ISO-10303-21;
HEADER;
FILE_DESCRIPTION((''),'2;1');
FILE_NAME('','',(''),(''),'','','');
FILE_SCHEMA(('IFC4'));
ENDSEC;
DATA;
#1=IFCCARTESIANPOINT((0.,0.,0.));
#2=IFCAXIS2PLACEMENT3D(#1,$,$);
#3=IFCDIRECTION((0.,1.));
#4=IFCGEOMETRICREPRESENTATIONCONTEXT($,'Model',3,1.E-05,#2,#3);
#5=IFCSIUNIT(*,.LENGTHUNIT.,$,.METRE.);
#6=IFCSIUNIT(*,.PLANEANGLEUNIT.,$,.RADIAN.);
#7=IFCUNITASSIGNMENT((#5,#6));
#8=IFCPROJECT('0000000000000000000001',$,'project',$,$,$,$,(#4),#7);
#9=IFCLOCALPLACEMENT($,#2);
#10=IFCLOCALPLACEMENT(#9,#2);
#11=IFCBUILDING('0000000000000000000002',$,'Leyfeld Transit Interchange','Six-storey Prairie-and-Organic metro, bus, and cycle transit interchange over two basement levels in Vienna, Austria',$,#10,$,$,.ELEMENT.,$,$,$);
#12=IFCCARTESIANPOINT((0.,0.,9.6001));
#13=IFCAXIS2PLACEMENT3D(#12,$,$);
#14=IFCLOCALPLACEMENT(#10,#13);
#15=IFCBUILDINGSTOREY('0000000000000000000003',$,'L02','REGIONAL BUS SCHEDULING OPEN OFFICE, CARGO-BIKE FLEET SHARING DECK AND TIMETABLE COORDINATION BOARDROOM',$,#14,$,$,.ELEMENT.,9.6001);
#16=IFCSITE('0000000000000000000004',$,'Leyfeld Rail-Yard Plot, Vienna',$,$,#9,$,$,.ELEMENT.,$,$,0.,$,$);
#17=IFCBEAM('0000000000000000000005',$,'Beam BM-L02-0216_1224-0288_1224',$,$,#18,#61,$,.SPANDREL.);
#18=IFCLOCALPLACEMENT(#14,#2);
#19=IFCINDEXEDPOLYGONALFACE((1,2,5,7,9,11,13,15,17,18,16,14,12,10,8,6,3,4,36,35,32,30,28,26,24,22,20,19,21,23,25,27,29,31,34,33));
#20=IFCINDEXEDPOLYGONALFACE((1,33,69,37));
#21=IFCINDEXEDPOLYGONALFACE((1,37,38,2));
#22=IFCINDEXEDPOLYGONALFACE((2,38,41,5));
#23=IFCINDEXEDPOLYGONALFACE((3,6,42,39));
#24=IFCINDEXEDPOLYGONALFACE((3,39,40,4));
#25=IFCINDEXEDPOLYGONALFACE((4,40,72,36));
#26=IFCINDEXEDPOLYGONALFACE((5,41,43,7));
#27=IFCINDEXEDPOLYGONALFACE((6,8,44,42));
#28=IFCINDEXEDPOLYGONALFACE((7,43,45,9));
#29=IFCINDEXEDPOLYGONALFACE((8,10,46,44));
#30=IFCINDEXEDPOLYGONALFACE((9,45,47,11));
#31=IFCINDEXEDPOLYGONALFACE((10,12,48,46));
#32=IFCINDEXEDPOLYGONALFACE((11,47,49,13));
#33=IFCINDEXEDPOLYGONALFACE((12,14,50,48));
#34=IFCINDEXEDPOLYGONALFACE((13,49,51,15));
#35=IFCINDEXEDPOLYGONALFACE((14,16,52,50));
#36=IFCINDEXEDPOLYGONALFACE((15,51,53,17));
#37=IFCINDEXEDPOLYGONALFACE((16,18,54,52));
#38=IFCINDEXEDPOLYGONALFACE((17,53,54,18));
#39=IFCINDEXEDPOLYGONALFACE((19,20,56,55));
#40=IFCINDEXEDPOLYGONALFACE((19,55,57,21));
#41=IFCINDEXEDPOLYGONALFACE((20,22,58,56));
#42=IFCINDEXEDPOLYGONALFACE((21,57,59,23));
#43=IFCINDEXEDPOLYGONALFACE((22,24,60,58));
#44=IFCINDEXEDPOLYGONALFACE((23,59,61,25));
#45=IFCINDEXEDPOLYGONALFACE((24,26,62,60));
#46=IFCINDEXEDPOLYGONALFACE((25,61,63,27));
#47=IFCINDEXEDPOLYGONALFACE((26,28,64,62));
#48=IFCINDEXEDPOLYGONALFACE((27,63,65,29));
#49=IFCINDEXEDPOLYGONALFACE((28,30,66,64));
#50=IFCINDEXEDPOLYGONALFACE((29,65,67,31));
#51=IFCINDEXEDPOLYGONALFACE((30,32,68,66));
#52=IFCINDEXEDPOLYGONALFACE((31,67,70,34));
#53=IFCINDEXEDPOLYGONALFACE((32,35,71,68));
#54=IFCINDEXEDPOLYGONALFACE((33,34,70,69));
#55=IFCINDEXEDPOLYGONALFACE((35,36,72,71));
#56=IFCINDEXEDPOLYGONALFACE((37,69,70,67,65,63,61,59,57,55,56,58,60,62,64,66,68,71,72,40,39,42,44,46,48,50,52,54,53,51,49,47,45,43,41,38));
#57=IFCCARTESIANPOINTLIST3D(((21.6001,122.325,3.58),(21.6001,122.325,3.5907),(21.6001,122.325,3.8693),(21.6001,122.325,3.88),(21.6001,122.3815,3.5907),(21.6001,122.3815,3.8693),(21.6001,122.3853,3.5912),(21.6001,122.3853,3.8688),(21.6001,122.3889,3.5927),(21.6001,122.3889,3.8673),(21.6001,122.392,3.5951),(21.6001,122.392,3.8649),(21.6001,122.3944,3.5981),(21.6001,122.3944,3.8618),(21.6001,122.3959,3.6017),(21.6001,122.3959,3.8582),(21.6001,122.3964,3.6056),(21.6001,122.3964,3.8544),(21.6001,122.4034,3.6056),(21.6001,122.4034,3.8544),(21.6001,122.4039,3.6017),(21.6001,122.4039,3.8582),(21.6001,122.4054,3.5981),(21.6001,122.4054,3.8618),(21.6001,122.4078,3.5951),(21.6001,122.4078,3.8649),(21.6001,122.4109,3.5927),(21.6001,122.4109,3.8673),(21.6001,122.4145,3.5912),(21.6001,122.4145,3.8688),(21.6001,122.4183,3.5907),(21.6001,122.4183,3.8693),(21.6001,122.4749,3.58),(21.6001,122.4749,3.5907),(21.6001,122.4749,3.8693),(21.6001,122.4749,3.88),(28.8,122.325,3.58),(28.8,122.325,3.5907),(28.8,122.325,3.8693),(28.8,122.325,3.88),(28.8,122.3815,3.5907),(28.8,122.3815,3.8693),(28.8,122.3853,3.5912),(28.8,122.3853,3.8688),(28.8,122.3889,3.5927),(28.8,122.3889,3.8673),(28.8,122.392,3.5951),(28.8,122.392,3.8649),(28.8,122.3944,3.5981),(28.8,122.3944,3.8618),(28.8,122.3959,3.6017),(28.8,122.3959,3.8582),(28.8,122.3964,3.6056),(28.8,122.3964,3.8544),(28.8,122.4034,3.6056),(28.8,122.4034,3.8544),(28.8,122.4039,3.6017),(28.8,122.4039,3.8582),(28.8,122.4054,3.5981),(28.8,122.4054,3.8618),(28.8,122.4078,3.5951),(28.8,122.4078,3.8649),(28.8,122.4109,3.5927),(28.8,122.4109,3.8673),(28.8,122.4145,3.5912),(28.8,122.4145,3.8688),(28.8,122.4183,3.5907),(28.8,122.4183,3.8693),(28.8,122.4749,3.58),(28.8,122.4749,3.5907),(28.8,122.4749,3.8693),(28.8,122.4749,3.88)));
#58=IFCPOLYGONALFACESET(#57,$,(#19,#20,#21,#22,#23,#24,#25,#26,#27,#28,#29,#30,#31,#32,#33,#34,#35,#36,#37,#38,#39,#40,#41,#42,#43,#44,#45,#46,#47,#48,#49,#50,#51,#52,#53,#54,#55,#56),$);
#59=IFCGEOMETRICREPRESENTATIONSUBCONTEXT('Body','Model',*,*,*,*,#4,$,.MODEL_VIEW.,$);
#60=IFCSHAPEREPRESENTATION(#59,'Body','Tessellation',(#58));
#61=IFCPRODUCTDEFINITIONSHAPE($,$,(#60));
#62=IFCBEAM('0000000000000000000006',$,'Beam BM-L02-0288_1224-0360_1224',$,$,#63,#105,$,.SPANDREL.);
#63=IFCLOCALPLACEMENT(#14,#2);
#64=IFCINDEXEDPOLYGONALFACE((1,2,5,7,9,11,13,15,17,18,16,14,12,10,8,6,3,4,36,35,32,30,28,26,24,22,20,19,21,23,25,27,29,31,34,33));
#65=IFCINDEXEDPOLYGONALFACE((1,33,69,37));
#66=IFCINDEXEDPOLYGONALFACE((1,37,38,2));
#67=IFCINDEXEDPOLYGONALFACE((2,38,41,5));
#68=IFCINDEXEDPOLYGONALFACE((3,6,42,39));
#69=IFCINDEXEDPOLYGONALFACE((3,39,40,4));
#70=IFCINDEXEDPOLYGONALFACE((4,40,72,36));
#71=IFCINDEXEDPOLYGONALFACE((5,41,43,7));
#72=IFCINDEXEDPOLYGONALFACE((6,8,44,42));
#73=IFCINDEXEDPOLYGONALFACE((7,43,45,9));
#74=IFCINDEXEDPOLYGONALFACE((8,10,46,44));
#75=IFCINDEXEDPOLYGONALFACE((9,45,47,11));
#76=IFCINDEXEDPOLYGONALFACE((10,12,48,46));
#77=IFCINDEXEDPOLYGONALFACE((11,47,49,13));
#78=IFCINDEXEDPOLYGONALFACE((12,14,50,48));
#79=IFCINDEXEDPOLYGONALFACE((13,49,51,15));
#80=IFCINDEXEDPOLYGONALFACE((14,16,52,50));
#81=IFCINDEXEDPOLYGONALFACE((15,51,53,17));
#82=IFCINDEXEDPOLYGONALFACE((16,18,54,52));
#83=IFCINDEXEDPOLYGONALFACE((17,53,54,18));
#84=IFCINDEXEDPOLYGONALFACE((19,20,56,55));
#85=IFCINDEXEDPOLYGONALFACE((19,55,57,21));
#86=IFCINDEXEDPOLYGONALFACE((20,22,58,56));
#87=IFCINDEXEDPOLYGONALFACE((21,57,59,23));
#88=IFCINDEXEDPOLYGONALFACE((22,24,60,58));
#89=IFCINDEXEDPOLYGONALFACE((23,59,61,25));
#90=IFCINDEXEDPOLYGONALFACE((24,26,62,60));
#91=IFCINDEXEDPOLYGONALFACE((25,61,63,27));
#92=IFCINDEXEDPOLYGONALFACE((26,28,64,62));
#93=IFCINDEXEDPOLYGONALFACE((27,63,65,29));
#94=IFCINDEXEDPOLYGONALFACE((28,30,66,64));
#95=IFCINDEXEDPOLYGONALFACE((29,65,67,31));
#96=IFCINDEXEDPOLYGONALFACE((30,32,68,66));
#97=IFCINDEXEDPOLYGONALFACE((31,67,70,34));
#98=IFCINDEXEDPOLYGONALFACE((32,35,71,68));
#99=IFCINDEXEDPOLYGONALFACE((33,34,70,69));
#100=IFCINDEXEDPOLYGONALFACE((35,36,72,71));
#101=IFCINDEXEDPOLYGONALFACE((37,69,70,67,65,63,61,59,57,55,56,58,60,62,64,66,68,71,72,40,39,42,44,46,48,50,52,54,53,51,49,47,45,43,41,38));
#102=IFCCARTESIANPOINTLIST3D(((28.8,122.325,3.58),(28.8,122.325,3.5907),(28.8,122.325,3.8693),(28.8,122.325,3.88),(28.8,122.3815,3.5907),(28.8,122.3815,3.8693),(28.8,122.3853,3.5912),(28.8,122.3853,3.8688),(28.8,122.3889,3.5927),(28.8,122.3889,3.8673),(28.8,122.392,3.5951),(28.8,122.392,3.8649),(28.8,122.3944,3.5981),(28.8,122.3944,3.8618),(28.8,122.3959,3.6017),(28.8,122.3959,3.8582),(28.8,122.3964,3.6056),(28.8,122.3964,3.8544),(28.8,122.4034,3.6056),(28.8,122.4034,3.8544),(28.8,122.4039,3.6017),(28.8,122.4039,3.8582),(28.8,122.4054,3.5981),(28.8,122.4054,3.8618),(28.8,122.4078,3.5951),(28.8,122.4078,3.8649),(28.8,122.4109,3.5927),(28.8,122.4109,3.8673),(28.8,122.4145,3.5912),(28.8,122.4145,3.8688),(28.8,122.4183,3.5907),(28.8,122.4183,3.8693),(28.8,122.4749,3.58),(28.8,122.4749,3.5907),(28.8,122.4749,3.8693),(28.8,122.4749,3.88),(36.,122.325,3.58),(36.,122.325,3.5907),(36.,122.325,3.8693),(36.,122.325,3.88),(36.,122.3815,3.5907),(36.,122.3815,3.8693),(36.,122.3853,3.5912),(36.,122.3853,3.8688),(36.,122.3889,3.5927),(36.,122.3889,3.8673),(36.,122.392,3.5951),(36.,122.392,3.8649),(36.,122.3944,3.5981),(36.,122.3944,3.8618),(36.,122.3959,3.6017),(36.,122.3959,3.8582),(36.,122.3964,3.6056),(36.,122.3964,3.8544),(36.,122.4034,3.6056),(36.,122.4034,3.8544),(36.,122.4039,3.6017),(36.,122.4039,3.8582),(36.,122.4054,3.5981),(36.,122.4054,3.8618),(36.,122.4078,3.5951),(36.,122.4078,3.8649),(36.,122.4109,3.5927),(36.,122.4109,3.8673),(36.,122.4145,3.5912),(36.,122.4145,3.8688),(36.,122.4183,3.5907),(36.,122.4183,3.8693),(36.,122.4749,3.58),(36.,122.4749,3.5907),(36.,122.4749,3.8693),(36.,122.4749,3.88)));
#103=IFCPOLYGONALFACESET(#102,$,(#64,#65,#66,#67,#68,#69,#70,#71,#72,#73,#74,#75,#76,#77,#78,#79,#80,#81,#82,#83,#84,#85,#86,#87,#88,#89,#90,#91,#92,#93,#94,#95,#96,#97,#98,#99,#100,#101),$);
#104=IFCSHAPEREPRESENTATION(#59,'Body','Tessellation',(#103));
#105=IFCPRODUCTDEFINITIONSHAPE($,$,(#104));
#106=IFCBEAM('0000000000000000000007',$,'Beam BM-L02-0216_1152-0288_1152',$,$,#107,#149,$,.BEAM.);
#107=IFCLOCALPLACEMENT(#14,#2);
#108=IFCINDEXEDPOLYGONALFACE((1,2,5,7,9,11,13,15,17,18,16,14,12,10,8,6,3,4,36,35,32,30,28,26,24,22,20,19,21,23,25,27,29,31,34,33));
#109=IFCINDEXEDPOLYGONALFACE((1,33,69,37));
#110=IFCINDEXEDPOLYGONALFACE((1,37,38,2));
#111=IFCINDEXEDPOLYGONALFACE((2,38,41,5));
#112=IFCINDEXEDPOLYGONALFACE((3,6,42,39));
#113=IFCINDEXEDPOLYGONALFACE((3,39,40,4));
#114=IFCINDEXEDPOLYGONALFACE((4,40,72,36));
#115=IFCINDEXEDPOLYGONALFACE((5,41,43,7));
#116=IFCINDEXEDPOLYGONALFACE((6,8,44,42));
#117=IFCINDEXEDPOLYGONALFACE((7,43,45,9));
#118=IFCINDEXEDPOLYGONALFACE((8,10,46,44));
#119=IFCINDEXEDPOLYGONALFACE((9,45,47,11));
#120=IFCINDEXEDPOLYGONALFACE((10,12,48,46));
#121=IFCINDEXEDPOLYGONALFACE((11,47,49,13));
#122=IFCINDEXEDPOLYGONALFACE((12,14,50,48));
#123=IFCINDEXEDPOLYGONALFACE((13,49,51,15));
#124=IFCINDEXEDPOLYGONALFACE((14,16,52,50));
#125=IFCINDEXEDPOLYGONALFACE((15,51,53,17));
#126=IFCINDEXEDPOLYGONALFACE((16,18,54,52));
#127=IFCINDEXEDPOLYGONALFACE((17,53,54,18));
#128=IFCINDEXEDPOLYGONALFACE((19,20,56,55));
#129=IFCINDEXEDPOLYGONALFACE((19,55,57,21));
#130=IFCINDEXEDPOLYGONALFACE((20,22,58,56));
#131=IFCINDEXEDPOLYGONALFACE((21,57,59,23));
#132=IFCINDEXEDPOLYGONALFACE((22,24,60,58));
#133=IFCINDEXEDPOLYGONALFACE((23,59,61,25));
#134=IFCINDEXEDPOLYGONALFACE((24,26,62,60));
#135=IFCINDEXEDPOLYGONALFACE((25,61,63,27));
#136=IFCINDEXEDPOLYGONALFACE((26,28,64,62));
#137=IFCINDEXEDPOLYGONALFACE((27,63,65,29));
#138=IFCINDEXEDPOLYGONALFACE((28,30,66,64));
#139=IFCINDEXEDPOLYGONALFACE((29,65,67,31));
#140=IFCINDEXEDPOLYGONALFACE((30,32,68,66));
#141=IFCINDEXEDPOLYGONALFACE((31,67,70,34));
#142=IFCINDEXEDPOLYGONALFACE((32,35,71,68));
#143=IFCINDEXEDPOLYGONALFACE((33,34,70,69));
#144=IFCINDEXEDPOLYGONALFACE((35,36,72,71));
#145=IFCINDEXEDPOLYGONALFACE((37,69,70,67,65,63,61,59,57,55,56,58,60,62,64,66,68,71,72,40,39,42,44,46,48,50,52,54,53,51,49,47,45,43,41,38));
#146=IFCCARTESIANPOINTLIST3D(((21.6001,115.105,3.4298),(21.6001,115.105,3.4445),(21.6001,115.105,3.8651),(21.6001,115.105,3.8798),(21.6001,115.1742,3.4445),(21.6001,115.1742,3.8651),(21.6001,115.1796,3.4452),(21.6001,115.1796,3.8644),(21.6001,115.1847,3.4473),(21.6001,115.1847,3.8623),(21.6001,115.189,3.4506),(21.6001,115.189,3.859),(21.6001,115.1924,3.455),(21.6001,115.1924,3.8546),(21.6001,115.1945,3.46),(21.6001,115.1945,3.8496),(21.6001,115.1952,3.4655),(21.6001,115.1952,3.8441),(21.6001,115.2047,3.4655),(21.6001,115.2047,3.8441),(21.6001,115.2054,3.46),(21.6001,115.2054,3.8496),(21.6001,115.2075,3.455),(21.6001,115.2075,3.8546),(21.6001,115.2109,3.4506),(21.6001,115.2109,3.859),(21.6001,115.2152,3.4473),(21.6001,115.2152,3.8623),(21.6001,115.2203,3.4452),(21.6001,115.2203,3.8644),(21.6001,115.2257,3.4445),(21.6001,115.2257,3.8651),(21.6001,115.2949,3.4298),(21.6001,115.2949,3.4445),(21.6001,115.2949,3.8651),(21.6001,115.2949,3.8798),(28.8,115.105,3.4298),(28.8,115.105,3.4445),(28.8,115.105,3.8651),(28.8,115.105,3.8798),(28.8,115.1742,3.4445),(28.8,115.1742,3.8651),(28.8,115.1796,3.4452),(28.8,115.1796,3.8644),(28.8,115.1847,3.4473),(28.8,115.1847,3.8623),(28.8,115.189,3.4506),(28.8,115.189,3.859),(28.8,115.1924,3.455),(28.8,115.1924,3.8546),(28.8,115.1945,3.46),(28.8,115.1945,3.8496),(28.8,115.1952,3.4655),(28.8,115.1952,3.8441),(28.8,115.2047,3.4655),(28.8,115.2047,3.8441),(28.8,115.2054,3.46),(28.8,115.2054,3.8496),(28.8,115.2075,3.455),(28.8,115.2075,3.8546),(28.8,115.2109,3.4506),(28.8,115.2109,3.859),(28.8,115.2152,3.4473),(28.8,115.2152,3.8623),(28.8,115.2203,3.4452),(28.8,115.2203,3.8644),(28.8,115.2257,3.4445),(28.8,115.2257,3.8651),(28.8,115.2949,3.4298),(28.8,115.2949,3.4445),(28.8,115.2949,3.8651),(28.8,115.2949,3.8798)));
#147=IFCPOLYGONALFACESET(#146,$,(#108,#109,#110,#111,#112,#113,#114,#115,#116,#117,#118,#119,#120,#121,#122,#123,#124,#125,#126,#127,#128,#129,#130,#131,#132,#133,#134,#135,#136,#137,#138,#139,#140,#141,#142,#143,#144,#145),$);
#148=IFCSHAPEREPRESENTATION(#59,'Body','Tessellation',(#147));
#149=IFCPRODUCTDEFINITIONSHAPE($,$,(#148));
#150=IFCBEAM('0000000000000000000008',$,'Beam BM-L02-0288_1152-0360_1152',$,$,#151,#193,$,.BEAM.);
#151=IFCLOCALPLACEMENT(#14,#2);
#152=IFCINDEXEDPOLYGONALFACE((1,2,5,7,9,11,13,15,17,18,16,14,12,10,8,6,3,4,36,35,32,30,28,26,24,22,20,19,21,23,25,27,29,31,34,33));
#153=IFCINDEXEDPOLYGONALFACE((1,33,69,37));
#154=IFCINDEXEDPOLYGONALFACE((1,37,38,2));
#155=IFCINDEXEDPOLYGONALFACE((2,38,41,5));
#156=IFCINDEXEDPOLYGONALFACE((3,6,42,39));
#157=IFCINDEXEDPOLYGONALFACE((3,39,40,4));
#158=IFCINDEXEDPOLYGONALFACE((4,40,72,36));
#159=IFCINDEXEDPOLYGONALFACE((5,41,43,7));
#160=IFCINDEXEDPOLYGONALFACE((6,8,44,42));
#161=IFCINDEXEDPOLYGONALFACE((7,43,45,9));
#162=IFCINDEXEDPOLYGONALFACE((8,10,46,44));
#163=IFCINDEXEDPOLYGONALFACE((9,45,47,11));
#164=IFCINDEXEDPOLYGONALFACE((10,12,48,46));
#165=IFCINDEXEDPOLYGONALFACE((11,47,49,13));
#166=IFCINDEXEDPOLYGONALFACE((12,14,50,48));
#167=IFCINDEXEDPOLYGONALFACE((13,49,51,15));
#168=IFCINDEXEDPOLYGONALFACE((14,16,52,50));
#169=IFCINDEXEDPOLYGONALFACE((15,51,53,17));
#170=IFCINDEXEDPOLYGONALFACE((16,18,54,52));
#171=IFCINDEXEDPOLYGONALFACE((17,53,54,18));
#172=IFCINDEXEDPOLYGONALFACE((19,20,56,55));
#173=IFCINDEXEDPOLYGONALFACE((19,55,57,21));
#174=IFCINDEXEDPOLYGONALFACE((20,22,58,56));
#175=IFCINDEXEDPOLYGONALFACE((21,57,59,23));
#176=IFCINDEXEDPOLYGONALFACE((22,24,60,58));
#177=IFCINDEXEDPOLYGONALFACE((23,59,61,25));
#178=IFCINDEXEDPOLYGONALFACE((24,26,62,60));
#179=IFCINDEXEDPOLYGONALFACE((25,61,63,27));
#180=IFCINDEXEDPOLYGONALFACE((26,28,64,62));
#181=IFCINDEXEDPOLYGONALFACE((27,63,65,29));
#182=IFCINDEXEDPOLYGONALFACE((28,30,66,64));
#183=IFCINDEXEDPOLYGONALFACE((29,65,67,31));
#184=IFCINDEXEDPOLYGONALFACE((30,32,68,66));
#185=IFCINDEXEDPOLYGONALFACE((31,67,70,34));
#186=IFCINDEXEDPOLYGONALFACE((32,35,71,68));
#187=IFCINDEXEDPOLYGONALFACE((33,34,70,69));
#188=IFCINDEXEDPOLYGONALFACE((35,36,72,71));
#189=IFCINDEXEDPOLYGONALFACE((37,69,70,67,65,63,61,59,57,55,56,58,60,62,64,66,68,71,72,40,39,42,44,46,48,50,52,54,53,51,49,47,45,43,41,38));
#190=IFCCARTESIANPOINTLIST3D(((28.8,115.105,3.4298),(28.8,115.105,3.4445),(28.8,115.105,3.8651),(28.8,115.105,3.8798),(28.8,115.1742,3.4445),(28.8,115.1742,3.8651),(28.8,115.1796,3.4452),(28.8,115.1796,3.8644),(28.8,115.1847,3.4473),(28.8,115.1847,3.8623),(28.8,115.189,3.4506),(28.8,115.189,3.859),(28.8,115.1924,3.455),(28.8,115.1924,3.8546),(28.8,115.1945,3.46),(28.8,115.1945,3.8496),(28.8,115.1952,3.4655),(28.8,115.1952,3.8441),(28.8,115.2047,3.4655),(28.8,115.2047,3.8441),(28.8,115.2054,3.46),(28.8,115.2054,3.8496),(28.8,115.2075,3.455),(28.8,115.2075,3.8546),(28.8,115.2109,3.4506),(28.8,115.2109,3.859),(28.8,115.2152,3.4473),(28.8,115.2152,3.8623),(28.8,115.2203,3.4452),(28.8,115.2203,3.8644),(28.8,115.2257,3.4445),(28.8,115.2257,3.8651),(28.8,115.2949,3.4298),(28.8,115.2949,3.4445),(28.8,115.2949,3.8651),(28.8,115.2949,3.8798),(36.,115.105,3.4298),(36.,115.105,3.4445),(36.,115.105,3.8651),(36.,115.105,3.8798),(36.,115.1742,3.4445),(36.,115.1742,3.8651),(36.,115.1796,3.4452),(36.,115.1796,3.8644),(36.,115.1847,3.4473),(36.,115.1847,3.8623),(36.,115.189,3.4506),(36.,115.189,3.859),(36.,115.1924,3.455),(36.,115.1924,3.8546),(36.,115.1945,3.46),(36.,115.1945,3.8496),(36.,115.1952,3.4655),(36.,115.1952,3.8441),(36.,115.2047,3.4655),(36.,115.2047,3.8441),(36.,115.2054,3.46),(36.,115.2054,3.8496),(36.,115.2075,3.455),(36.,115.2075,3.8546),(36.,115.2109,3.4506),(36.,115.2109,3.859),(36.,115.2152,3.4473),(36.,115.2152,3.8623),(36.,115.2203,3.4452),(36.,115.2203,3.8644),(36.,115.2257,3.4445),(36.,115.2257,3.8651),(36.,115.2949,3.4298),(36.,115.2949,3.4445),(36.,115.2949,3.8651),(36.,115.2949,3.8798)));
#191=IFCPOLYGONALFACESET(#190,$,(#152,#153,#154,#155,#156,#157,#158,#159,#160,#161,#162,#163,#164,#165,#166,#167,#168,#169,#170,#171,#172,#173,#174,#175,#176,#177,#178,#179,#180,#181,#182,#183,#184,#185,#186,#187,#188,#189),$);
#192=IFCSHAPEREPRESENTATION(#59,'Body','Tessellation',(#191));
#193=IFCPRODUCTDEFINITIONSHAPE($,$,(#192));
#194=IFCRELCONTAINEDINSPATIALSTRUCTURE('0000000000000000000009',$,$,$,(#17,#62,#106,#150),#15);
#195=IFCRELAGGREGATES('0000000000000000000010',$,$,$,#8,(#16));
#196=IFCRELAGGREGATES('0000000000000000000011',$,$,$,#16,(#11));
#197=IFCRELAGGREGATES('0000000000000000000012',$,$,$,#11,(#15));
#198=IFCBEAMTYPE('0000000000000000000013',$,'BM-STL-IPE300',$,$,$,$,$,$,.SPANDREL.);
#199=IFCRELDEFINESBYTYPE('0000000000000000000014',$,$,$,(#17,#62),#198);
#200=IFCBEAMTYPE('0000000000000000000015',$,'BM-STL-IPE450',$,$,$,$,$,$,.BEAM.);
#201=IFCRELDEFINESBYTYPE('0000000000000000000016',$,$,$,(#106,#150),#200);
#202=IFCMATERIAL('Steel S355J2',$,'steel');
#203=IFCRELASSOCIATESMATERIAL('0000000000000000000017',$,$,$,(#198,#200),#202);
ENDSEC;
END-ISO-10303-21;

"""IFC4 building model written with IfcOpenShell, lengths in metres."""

from ifc_helpers import new_model, si_unit, direction, frame, origin, origin_2d, place, context, subcontext, project, spatial, i_section, extrude, material, material_profile, profile_set, type_object, element, save


model = new_model("IFC4")

# Units and contexts
model_context = context("Model", 3, precision=1e-05, world=origin(), true_north=direction((0.0, 1.0)))
body_context = subcontext(model_context, "Body", "Model", "MODEL_VIEW")
ifc_project = project(units=[si_unit("LENGTHUNIT", "METRE"), si_unit("PLANEANGLEUNIT", "RADIAN")], contexts=[model_context])

# Site, building, storey
site_placement = place(None, origin())
site = spatial("IfcSite", under=ifc_project, at=site_placement, Name="Leyfeld Rail-Yard Plot, Vienna", CompositionType="ELEMENT", RefElevation=0.0)
building_placement = place(site_placement, origin())
building = spatial("IfcBuilding", under=site, at=building_placement, Name="Leyfeld Transit Interchange", Description="Six-storey Prairie-and-Organic metro, bus, and cycle transit interchange over two basement levels in Vienna, Austria", CompositionType="ELEMENT")
storey_placement = place(building_placement, frame((0.0, 0.0, 9.6001)))
storey = spatial("IfcBuildingStorey", under=building, at=storey_placement, Name="L02", Description="REGIONAL BUS SCHEDULING OPEN OFFICE, CARGO-BIKE FLEET SHARING DECK AND TIMETABLE COORDINATION BOARDROOM", CompositionType="ELEMENT", Elevation=9.6001)

# Beams
ifc_material_1 = material(Name="Steel S355J2", Category="steel")
ifc_material_profile_1 = material_profile(ifc_material_1, i_section(OverallWidth=0.1499, OverallDepth=0.3, WebThickness=0.0071, FlangeThickness=0.0107, FilletRadius=0.0149, at=origin_2d()), Name="IPE 300")
ifc_profile_set_1 = profile_set([ifc_material_profile_1], Name="Steel S355J2")
beam_type_1 = type_object("IfcBeamType", Name="BM-STL-IPE300", PredefinedType="SPANDREL", material=ifc_profile_set_1)
for number, where, z_axis, x_axis, name in (
    (1, (21.6001, 122.3999, 3.73), (1.0, 0.0, 0.0), (0.0, 1.0, 0.0), "Beam BM-L02-0216_1224-0288_1224"),
    (2, (28.8, 122.3999, 3.73), (1.0, 0.0, 0.0), (0.0, 1.0, 0.0), "Beam BM-L02-0288_1224-0360_1224"),
):
    element("IfcBeam", number, at=place(storey_placement, frame(where, z_axis=z_axis, x_axis=x_axis)), inside=storey, type_object=beam_type_1, Name=name, PredefinedType="SPANDREL", context=body_context, shape_type="SweptSolid", body=[
        extrude(i_section(OverallWidth=0.1499, OverallDepth=0.3, WebThickness=0.0071, FlangeThickness=0.0107, FilletRadius=0.0149, at=origin_2d()), origin(), (0.0, 0.0, 1.0), 7.2),
    ])
ifc_material_profile_2 = material_profile(ifc_material_1, i_section(OverallWidth=0.1899, OverallDepth=0.45, WebThickness=0.0095, FlangeThickness=0.0146, FilletRadius=0.021, at=origin_2d()), Name="IPE 450")
ifc_profile_set_2 = profile_set([ifc_material_profile_2], Name="Steel S355J2")
beam_type_2 = type_object("IfcBeamType", Name="BM-STL-IPE450", PredefinedType="BEAM", material=ifc_profile_set_2)
for number, where, z_axis, x_axis, name in (
    (3, (21.6001, 115.2, 3.6548), (1.0, 0.0, 0.0), (0.0, 1.0, 0.0), "Beam BM-L02-0216_1152-0288_1152"),
    (4, (28.8, 115.2, 3.6548), (1.0, 0.0, 0.0), (0.0, 1.0, 0.0), "Beam BM-L02-0288_1152-0360_1152"),
):
    element("IfcBeam", number, at=place(storey_placement, frame(where, z_axis=z_axis, x_axis=x_axis)), inside=storey, type_object=beam_type_2, Name=name, PredefinedType="BEAM", context=body_context, shape_type="SweptSolid", body=[
        extrude(i_section(OverallWidth=0.1899, OverallDepth=0.45, WebThickness=0.0095, FlangeThickness=0.0146, FilletRadius=0.021, at=origin_2d()), origin(), (0.0, 0.0, 1.0), 7.2),
    ])

save(model, "model.ifc")
